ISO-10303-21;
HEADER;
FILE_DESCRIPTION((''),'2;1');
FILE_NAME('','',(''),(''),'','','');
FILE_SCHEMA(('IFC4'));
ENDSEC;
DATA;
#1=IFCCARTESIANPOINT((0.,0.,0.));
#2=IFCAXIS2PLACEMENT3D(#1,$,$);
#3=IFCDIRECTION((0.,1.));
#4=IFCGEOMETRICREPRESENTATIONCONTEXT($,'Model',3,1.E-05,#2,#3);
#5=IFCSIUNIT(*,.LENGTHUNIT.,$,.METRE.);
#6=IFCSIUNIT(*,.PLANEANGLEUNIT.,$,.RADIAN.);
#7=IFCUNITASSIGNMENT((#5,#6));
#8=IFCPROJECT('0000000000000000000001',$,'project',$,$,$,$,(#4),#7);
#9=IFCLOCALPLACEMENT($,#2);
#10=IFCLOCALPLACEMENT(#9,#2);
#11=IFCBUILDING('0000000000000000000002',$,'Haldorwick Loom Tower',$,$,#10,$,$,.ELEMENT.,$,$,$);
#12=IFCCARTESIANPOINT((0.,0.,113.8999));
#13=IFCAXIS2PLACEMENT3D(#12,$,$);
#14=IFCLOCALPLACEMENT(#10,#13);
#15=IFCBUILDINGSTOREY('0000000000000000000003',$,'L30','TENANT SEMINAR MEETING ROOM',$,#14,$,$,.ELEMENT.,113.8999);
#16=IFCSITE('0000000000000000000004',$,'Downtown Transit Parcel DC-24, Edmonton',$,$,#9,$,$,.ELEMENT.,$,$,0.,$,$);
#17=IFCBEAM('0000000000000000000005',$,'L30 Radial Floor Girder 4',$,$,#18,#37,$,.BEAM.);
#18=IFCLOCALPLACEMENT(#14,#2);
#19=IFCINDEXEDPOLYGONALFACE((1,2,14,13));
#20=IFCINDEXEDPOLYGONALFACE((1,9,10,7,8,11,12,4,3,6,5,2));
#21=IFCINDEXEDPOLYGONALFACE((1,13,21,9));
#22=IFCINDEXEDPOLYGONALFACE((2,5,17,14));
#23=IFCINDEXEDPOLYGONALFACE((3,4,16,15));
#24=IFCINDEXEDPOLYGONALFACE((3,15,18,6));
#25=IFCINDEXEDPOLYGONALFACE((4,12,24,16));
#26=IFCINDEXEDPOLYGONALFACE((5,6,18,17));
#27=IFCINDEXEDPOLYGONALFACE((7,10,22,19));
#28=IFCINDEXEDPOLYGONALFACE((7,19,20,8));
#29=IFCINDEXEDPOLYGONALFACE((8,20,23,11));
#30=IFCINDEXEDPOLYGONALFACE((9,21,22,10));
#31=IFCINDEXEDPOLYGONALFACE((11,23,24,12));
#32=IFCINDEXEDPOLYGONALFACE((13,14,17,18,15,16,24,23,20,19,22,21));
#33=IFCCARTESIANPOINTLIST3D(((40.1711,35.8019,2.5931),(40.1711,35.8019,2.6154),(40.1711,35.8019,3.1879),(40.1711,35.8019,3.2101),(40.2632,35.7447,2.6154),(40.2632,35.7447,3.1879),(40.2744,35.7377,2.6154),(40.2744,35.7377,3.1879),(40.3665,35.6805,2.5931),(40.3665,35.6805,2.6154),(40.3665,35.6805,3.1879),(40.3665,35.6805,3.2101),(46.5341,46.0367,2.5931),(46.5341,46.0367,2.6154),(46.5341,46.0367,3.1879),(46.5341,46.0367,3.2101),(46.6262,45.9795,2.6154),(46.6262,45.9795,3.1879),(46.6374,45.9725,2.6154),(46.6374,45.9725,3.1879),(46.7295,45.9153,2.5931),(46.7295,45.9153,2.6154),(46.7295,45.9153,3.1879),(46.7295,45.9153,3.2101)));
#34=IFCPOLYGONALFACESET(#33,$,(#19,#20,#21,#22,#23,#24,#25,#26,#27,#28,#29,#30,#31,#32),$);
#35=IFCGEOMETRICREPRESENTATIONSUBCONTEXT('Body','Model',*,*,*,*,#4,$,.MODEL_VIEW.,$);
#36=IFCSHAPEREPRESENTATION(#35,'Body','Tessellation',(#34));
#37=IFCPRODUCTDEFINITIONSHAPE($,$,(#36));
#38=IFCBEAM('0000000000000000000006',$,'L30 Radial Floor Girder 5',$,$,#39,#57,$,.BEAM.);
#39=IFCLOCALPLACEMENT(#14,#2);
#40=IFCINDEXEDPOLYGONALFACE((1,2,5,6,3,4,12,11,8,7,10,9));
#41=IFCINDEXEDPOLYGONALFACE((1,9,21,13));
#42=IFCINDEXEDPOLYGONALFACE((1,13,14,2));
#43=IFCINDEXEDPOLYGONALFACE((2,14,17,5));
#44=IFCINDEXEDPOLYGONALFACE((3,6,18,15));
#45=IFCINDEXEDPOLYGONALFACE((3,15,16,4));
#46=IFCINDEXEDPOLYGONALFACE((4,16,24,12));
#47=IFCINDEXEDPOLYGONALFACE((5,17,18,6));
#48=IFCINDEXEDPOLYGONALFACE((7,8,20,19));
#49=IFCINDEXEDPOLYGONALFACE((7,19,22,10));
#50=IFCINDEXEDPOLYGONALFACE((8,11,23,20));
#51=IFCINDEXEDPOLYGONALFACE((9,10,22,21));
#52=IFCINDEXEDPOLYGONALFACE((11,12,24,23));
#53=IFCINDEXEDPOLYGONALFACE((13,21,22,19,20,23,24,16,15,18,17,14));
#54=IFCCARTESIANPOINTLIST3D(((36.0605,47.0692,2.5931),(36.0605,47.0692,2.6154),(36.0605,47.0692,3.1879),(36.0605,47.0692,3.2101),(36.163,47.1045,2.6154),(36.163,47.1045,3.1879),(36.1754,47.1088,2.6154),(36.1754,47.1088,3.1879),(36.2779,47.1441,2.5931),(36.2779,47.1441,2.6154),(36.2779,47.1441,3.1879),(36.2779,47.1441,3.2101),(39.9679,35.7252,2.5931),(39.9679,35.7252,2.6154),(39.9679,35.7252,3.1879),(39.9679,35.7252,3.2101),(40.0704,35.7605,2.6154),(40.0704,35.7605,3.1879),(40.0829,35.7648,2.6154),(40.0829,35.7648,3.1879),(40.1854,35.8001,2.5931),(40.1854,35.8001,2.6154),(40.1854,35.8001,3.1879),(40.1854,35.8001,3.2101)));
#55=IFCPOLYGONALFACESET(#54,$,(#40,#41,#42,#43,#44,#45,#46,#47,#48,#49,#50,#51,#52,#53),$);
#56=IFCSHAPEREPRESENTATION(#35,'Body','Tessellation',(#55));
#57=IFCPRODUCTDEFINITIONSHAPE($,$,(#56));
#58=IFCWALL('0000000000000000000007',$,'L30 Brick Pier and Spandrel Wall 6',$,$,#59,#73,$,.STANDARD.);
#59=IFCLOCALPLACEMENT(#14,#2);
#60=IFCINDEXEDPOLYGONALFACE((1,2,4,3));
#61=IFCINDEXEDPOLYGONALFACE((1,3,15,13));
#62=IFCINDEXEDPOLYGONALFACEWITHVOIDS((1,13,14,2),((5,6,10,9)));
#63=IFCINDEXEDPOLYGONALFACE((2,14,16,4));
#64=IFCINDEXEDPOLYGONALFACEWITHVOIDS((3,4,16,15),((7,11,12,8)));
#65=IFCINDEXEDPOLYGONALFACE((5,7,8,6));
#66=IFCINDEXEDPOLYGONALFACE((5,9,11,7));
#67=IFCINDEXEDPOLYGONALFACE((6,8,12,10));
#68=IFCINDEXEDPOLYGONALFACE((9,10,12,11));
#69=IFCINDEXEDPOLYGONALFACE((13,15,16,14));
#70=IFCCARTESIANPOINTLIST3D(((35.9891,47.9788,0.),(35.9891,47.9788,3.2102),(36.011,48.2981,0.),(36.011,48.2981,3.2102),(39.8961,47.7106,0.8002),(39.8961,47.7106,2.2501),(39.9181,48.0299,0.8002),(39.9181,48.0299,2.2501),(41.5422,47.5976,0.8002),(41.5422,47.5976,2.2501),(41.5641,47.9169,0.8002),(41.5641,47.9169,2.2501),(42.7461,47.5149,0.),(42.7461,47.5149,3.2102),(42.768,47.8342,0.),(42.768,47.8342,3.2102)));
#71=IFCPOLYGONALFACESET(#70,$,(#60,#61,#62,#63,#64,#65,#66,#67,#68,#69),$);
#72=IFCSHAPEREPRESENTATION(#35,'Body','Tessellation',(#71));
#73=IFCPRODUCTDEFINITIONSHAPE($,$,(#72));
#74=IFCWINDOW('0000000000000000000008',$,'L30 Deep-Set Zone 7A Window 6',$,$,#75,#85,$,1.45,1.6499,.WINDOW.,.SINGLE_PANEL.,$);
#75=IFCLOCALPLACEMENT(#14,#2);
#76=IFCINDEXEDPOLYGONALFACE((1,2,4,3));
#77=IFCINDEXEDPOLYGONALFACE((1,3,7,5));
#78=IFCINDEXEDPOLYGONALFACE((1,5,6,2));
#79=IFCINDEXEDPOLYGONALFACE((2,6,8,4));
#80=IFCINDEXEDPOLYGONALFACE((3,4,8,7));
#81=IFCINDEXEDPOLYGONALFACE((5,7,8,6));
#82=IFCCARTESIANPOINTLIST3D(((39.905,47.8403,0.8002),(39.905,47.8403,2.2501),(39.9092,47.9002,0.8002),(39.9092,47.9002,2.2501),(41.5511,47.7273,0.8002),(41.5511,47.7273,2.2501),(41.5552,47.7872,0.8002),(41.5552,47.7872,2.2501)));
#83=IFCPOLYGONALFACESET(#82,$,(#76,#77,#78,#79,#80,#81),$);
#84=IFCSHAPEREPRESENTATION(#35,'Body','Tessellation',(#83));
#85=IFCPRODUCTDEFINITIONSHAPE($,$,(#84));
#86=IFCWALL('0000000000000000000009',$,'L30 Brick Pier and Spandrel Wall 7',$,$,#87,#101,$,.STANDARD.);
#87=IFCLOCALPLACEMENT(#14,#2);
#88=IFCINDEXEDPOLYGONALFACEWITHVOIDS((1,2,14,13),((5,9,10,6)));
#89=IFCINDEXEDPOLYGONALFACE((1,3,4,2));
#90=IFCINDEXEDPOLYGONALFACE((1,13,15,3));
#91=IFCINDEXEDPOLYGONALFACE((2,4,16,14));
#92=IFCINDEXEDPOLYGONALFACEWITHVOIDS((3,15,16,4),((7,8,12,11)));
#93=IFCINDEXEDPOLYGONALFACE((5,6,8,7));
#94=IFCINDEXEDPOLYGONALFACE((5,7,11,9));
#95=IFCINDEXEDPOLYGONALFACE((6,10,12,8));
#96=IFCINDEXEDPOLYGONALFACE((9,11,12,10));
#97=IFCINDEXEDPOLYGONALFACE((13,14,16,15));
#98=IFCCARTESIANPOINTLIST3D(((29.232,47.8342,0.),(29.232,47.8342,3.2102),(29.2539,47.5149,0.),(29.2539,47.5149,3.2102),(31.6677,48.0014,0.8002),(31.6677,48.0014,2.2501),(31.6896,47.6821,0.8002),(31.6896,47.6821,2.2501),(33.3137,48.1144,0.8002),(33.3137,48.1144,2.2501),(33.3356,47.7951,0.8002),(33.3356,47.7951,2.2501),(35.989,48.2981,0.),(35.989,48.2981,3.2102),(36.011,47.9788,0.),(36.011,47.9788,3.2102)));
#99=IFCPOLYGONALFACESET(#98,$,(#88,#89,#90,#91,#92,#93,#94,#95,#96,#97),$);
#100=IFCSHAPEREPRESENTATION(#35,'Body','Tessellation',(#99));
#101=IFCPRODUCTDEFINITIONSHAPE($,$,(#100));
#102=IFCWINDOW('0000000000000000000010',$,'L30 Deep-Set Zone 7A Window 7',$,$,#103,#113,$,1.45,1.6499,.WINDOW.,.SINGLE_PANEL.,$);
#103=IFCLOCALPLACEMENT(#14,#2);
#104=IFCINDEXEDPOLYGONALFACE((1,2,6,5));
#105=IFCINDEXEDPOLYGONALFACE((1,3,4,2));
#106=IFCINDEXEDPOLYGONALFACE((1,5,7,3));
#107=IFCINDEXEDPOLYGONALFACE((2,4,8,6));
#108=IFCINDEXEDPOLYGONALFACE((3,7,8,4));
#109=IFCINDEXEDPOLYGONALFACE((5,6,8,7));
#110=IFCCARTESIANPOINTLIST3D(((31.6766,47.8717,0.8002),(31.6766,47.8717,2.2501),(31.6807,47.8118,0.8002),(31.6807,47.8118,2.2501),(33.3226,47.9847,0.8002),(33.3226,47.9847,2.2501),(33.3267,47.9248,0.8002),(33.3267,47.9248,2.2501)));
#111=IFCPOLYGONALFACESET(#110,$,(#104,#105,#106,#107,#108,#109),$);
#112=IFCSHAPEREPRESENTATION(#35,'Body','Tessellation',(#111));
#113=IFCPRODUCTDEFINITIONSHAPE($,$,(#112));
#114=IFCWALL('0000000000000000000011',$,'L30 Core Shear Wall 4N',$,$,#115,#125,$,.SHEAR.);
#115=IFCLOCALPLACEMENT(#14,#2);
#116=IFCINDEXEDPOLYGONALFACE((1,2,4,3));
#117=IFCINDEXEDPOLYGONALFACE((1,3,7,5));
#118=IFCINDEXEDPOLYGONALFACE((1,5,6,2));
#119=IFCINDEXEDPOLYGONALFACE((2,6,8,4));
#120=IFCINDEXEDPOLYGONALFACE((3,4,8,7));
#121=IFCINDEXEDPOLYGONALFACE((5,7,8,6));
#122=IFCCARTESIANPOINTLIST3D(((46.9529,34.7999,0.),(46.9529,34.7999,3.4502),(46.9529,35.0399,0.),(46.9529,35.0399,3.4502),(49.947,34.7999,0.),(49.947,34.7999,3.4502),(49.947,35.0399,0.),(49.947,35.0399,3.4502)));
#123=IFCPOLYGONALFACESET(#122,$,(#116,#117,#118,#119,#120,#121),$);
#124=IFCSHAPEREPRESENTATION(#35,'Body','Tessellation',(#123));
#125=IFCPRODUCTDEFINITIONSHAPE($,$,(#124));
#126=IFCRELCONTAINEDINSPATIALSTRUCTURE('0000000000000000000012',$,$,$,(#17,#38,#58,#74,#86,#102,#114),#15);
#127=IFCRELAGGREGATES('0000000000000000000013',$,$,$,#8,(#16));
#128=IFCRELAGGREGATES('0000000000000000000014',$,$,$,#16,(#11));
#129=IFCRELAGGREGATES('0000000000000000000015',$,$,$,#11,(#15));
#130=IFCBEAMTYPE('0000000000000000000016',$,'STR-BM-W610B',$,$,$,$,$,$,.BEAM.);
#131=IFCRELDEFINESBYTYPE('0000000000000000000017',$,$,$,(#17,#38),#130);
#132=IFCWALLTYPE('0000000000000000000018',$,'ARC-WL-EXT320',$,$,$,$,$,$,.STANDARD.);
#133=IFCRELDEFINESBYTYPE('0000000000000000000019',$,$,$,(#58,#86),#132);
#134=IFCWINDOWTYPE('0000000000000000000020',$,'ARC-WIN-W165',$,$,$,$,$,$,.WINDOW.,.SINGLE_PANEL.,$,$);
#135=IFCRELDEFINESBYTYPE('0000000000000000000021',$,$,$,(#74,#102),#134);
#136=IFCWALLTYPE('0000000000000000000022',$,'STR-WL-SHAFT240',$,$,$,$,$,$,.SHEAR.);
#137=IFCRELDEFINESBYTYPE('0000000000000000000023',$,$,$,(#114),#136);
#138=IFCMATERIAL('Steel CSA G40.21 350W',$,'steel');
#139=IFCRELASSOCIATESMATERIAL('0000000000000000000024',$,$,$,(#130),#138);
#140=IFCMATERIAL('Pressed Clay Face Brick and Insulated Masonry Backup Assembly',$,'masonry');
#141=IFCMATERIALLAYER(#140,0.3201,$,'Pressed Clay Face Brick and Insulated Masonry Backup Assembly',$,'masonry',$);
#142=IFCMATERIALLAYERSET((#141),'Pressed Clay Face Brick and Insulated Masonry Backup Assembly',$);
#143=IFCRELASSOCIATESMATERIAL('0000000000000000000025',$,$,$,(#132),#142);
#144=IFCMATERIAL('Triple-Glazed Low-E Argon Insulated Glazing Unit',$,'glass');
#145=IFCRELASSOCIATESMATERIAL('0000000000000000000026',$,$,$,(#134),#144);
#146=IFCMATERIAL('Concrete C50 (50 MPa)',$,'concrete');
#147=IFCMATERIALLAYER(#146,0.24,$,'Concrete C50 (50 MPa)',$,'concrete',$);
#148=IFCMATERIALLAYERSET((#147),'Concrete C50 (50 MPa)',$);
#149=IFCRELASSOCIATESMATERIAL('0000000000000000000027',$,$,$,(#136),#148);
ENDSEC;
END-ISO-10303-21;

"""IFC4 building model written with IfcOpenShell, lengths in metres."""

from ifc_helpers import new_model, si_unit, direction, frame, frame_2d, origin, origin_2d, place, context, subcontext, project, spatial, rectangle, i_section, extrude, material, layer, layer_set, material_profile, profile_set, type_object, element, fill, save


model = new_model("IFC4")

# Units and contexts
model_context = context("Model", 3, precision=1e-05, world=origin(), true_north=direction((0.0, 1.0)))
body_context = subcontext(model_context, "Body", "Model", "MODEL_VIEW")
ifc_project = project(units=[si_unit("LENGTHUNIT", "METRE"), si_unit("PLANEANGLEUNIT", "RADIAN")], contexts=[model_context])

# Site, building, storey
site_placement = place(None, origin())
site = spatial("IfcSite", under=ifc_project, at=site_placement, Name="Downtown Transit Parcel DC-24, Edmonton", CompositionType="ELEMENT", RefElevation=0.0)
building_placement = place(site_placement, origin())
building = spatial("IfcBuilding", under=site, at=building_placement, Name="Haldorwick Loom Tower", CompositionType="ELEMENT")
storey_placement = place(building_placement, frame((0.0, 0.0, 113.8999)))
storey = spatial("IfcBuildingStorey", under=building, at=storey_placement, Name="L30", Description="TENANT SEMINAR MEETING ROOM", CompositionType="ELEMENT", Elevation=113.8999)

# Beams
ifc_material_1 = material(Name="Steel CSA G40.21 350W", Category="steel")
ifc_material_profile_1 = material_profile(ifc_material_1, i_section(OverallWidth=0.23, OverallDepth=0.6169, WebThickness=0.0132, FlangeThickness=0.0222, at=origin_2d()), Name="W610X140", Category="steel")
ifc_profile_set_1 = profile_set([ifc_material_profile_1], Name="Steel CSA G40.21 350W")
beam_type_1 = type_object("IfcBeamType", Name="STR-BM-W610B", PredefinedType="BEAM", material=ifc_profile_set_1)
beam_1_placement = place(storey_placement, frame((40.2688, 35.7412, 2.9016), z_axis=(0.527983, 0.849255, 0.0), x_axis=(-0.849255, 0.527983, 0.0)))
element("IfcBeam", 1, at=beam_1_placement, inside=storey, type_object=beam_type_1, Name="L30 Radial Floor Girder 4", PredefinedType="BEAM", context=body_context, shape_type="SweptSolid", body=[
    extrude(i_section(OverallWidth=0.23, OverallDepth=0.6169, WebThickness=0.0132, FlangeThickness=0.0222, at=origin_2d()), origin(), (0.0, 0.0, 1.0), 12.0515),
])
beam_2_placement = place(storey_placement, frame((40.0767, 35.7627, 2.9016), z_axis=(-0.325674, 0.945482, 0.0), x_axis=(-0.945482, -0.325674, 0.0)))
element("IfcBeam", 2, at=beam_2_placement, inside=storey, type_object=beam_type_1, Name="L30 Radial Floor Girder 5", PredefinedType="BEAM", context=body_context, shape_type="SweptSolid", body=[
    extrude(i_section(OverallWidth=0.23, OverallDepth=0.6169, WebThickness=0.0132, FlangeThickness=0.0222, at=origin_2d()), origin(), (0.0, 0.0, 1.0), 11.998),
])

# Walls, openings, windows
ifc_material_2 = material(Name="Pressed Clay Face Brick and Insulated Masonry Backup Assembly", Category="masonry")
ifc_layer_1 = layer(ifc_material_2, 0.3201, Name="Pressed Clay Face Brick and Insulated Masonry Backup Assembly", Category="masonry")
ifc_layer_set_1 = layer_set([ifc_layer_1], Name="Pressed Clay Face Brick and Insulated Masonry Backup Assembly")
wall_type_1 = type_object("IfcWallType", Name="ARC-WL-EXT320", PredefinedType="STANDARD", material=ifc_layer_set_1)
wall_1_placement = place(storey_placement, frame((42.7571, 47.6746, 0.0), z_axis=(0.0, 0.0, 1.0), x_axis=(-0.997652, 0.068488, 0.0)))
wall_1 = element("IfcWall", 3, at=wall_1_placement, inside=storey, type_object=wall_type_1, Name="L30 Brick Pier and Spandrel Wall 6", PredefinedType="STANDARD", context=body_context, shape_type="SweptSolid", body=[
    extrude(rectangle(XDim=6.7729, YDim=0.3201, at=frame_2d((3.3865, 0.0))), origin(), (0.0, 0.0, 1.0), 3.2102),
])
opening_1_placement = place(wall_1_placement, frame((1.2068, 0.0, 0.8)))
opening_1 = element("IfcOpeningElement", 4, at=opening_1_placement, cuts=wall_1, PredefinedType="OPENING", context=body_context, shape_type="SweptSolid", body=[
    extrude(rectangle(XDim=1.6499, YDim=1.45, at=frame_2d((0.825, 0.7251))), frame((0.0, 0.1699, 0.0), z_axis=(0.0, -1.0, 0.0), x_axis=(1.0, 0.0, 0.0)), (0.0, 0.0, 1.0), 0.3401),
])
ifc_material_3 = material(Name="Triple-Glazed Low-E Argon Insulated Glazing Unit", Category="glass")
window_type = type_object("IfcWindowType", Name="ARC-WIN-W165", PartitioningType="SINGLE_PANEL", PredefinedType="WINDOW", material=ifc_material_3)
window_1_placement = place(opening_1_placement, origin())
window_1 = element("IfcWindow", 5, at=window_1_placement, inside=storey, type_object=window_type, Name="L30 Deep-Set Zone 7A Window 6", OverallHeight=1.45, OverallWidth=1.6499, PartitioningType="SINGLE_PANEL", PredefinedType="WINDOW", context=body_context, shape_type="SweptSolid", body=[
    extrude(rectangle(XDim=1.6499, YDim=1.45, at=frame_2d((0.825, 0.7251))), frame((0.0, 0.03, 0.0), z_axis=(0.0, -1.0, 0.0), x_axis=(1.0, 0.0, 0.0)), (0.0, 0.0, 1.0), 0.0601),
])
fill(opening_1, window_1)
wall_2_placement = place(storey_placement, frame((36.0, 48.1384, 0.0), z_axis=(0.0, 0.0, 1.0), x_axis=(-0.997652, -0.068488, 0.0)))
wall_2 = element("IfcWall", 6, at=wall_2_placement, inside=storey, type_object=wall_type_1, Name="L30 Brick Pier and Spandrel Wall 7", PredefinedType="STANDARD", context=body_context, shape_type="SweptSolid", body=[
    extrude(rectangle(XDim=6.7729, YDim=0.3201, at=frame_2d((3.3865, 0.0))), origin(), (0.0, 0.0, 1.0), 3.2102),
])
opening_2_placement = place(wall_2_placement, frame((2.6816, 0.0, 0.8)))
opening_2 = element("IfcOpeningElement", 7, at=opening_2_placement, cuts=wall_2, PredefinedType="OPENING", context=body_context, shape_type="SweptSolid", body=[
    extrude(rectangle(XDim=1.6499, YDim=1.45, at=frame_2d((0.825, 0.7251))), frame((0.0, 0.1699, 0.0), z_axis=(0.0, -1.0, 0.0), x_axis=(1.0, 0.0, 0.0)), (0.0, 0.0, 1.0), 0.3401),
])
window_2_placement = place(opening_2_placement, origin())
window_2 = element("IfcWindow", 8, at=window_2_placement, inside=storey, type_object=window_type, Name="L30 Deep-Set Zone 7A Window 7", OverallHeight=1.45, OverallWidth=1.6499, PartitioningType="SINGLE_PANEL", PredefinedType="WINDOW", context=body_context, shape_type="SweptSolid", body=[
    extrude(rectangle(XDim=1.6499, YDim=1.45, at=frame_2d((0.825, 0.7251))), frame((0.0, 0.03, 0.0), z_axis=(0.0, -1.0, 0.0), x_axis=(1.0, 0.0, 0.0)), (0.0, 0.0, 1.0), 0.0601),
])
fill(opening_2, window_2)

# Wall
ifc_material_4 = material(Name="Concrete C50 (50 MPa)", Category="concrete")
ifc_layer_2 = layer(ifc_material_4, 0.24, Name="Concrete C50 (50 MPa)", Category="concrete")
ifc_layer_set_2 = layer_set([ifc_layer_2], Name="Concrete C50 (50 MPa)")
wall_type_2 = type_object("IfcWallType", Name="STR-WL-SHAFT240", PredefinedType="SHEAR", material=ifc_layer_set_2)
wall_3_placement = place(storey_placement, frame((46.9529, 34.9199, 0.0), z_axis=(0.0, 0.0, 1.0), x_axis=(1.0, 0.0, 0.0)))
element("IfcWall", 9, at=wall_3_placement, inside=storey, type_object=wall_type_2, Name="L30 Core Shear Wall 4N", PredefinedType="SHEAR", context=body_context, shape_type="SweptSolid", body=[
    extrude(rectangle(XDim=2.9941, YDim=0.24, at=frame_2d((1.4971, 0.0))), origin(), (0.0, 0.0, 1.0), 3.4502),
])

save(model, "model.ifc")
